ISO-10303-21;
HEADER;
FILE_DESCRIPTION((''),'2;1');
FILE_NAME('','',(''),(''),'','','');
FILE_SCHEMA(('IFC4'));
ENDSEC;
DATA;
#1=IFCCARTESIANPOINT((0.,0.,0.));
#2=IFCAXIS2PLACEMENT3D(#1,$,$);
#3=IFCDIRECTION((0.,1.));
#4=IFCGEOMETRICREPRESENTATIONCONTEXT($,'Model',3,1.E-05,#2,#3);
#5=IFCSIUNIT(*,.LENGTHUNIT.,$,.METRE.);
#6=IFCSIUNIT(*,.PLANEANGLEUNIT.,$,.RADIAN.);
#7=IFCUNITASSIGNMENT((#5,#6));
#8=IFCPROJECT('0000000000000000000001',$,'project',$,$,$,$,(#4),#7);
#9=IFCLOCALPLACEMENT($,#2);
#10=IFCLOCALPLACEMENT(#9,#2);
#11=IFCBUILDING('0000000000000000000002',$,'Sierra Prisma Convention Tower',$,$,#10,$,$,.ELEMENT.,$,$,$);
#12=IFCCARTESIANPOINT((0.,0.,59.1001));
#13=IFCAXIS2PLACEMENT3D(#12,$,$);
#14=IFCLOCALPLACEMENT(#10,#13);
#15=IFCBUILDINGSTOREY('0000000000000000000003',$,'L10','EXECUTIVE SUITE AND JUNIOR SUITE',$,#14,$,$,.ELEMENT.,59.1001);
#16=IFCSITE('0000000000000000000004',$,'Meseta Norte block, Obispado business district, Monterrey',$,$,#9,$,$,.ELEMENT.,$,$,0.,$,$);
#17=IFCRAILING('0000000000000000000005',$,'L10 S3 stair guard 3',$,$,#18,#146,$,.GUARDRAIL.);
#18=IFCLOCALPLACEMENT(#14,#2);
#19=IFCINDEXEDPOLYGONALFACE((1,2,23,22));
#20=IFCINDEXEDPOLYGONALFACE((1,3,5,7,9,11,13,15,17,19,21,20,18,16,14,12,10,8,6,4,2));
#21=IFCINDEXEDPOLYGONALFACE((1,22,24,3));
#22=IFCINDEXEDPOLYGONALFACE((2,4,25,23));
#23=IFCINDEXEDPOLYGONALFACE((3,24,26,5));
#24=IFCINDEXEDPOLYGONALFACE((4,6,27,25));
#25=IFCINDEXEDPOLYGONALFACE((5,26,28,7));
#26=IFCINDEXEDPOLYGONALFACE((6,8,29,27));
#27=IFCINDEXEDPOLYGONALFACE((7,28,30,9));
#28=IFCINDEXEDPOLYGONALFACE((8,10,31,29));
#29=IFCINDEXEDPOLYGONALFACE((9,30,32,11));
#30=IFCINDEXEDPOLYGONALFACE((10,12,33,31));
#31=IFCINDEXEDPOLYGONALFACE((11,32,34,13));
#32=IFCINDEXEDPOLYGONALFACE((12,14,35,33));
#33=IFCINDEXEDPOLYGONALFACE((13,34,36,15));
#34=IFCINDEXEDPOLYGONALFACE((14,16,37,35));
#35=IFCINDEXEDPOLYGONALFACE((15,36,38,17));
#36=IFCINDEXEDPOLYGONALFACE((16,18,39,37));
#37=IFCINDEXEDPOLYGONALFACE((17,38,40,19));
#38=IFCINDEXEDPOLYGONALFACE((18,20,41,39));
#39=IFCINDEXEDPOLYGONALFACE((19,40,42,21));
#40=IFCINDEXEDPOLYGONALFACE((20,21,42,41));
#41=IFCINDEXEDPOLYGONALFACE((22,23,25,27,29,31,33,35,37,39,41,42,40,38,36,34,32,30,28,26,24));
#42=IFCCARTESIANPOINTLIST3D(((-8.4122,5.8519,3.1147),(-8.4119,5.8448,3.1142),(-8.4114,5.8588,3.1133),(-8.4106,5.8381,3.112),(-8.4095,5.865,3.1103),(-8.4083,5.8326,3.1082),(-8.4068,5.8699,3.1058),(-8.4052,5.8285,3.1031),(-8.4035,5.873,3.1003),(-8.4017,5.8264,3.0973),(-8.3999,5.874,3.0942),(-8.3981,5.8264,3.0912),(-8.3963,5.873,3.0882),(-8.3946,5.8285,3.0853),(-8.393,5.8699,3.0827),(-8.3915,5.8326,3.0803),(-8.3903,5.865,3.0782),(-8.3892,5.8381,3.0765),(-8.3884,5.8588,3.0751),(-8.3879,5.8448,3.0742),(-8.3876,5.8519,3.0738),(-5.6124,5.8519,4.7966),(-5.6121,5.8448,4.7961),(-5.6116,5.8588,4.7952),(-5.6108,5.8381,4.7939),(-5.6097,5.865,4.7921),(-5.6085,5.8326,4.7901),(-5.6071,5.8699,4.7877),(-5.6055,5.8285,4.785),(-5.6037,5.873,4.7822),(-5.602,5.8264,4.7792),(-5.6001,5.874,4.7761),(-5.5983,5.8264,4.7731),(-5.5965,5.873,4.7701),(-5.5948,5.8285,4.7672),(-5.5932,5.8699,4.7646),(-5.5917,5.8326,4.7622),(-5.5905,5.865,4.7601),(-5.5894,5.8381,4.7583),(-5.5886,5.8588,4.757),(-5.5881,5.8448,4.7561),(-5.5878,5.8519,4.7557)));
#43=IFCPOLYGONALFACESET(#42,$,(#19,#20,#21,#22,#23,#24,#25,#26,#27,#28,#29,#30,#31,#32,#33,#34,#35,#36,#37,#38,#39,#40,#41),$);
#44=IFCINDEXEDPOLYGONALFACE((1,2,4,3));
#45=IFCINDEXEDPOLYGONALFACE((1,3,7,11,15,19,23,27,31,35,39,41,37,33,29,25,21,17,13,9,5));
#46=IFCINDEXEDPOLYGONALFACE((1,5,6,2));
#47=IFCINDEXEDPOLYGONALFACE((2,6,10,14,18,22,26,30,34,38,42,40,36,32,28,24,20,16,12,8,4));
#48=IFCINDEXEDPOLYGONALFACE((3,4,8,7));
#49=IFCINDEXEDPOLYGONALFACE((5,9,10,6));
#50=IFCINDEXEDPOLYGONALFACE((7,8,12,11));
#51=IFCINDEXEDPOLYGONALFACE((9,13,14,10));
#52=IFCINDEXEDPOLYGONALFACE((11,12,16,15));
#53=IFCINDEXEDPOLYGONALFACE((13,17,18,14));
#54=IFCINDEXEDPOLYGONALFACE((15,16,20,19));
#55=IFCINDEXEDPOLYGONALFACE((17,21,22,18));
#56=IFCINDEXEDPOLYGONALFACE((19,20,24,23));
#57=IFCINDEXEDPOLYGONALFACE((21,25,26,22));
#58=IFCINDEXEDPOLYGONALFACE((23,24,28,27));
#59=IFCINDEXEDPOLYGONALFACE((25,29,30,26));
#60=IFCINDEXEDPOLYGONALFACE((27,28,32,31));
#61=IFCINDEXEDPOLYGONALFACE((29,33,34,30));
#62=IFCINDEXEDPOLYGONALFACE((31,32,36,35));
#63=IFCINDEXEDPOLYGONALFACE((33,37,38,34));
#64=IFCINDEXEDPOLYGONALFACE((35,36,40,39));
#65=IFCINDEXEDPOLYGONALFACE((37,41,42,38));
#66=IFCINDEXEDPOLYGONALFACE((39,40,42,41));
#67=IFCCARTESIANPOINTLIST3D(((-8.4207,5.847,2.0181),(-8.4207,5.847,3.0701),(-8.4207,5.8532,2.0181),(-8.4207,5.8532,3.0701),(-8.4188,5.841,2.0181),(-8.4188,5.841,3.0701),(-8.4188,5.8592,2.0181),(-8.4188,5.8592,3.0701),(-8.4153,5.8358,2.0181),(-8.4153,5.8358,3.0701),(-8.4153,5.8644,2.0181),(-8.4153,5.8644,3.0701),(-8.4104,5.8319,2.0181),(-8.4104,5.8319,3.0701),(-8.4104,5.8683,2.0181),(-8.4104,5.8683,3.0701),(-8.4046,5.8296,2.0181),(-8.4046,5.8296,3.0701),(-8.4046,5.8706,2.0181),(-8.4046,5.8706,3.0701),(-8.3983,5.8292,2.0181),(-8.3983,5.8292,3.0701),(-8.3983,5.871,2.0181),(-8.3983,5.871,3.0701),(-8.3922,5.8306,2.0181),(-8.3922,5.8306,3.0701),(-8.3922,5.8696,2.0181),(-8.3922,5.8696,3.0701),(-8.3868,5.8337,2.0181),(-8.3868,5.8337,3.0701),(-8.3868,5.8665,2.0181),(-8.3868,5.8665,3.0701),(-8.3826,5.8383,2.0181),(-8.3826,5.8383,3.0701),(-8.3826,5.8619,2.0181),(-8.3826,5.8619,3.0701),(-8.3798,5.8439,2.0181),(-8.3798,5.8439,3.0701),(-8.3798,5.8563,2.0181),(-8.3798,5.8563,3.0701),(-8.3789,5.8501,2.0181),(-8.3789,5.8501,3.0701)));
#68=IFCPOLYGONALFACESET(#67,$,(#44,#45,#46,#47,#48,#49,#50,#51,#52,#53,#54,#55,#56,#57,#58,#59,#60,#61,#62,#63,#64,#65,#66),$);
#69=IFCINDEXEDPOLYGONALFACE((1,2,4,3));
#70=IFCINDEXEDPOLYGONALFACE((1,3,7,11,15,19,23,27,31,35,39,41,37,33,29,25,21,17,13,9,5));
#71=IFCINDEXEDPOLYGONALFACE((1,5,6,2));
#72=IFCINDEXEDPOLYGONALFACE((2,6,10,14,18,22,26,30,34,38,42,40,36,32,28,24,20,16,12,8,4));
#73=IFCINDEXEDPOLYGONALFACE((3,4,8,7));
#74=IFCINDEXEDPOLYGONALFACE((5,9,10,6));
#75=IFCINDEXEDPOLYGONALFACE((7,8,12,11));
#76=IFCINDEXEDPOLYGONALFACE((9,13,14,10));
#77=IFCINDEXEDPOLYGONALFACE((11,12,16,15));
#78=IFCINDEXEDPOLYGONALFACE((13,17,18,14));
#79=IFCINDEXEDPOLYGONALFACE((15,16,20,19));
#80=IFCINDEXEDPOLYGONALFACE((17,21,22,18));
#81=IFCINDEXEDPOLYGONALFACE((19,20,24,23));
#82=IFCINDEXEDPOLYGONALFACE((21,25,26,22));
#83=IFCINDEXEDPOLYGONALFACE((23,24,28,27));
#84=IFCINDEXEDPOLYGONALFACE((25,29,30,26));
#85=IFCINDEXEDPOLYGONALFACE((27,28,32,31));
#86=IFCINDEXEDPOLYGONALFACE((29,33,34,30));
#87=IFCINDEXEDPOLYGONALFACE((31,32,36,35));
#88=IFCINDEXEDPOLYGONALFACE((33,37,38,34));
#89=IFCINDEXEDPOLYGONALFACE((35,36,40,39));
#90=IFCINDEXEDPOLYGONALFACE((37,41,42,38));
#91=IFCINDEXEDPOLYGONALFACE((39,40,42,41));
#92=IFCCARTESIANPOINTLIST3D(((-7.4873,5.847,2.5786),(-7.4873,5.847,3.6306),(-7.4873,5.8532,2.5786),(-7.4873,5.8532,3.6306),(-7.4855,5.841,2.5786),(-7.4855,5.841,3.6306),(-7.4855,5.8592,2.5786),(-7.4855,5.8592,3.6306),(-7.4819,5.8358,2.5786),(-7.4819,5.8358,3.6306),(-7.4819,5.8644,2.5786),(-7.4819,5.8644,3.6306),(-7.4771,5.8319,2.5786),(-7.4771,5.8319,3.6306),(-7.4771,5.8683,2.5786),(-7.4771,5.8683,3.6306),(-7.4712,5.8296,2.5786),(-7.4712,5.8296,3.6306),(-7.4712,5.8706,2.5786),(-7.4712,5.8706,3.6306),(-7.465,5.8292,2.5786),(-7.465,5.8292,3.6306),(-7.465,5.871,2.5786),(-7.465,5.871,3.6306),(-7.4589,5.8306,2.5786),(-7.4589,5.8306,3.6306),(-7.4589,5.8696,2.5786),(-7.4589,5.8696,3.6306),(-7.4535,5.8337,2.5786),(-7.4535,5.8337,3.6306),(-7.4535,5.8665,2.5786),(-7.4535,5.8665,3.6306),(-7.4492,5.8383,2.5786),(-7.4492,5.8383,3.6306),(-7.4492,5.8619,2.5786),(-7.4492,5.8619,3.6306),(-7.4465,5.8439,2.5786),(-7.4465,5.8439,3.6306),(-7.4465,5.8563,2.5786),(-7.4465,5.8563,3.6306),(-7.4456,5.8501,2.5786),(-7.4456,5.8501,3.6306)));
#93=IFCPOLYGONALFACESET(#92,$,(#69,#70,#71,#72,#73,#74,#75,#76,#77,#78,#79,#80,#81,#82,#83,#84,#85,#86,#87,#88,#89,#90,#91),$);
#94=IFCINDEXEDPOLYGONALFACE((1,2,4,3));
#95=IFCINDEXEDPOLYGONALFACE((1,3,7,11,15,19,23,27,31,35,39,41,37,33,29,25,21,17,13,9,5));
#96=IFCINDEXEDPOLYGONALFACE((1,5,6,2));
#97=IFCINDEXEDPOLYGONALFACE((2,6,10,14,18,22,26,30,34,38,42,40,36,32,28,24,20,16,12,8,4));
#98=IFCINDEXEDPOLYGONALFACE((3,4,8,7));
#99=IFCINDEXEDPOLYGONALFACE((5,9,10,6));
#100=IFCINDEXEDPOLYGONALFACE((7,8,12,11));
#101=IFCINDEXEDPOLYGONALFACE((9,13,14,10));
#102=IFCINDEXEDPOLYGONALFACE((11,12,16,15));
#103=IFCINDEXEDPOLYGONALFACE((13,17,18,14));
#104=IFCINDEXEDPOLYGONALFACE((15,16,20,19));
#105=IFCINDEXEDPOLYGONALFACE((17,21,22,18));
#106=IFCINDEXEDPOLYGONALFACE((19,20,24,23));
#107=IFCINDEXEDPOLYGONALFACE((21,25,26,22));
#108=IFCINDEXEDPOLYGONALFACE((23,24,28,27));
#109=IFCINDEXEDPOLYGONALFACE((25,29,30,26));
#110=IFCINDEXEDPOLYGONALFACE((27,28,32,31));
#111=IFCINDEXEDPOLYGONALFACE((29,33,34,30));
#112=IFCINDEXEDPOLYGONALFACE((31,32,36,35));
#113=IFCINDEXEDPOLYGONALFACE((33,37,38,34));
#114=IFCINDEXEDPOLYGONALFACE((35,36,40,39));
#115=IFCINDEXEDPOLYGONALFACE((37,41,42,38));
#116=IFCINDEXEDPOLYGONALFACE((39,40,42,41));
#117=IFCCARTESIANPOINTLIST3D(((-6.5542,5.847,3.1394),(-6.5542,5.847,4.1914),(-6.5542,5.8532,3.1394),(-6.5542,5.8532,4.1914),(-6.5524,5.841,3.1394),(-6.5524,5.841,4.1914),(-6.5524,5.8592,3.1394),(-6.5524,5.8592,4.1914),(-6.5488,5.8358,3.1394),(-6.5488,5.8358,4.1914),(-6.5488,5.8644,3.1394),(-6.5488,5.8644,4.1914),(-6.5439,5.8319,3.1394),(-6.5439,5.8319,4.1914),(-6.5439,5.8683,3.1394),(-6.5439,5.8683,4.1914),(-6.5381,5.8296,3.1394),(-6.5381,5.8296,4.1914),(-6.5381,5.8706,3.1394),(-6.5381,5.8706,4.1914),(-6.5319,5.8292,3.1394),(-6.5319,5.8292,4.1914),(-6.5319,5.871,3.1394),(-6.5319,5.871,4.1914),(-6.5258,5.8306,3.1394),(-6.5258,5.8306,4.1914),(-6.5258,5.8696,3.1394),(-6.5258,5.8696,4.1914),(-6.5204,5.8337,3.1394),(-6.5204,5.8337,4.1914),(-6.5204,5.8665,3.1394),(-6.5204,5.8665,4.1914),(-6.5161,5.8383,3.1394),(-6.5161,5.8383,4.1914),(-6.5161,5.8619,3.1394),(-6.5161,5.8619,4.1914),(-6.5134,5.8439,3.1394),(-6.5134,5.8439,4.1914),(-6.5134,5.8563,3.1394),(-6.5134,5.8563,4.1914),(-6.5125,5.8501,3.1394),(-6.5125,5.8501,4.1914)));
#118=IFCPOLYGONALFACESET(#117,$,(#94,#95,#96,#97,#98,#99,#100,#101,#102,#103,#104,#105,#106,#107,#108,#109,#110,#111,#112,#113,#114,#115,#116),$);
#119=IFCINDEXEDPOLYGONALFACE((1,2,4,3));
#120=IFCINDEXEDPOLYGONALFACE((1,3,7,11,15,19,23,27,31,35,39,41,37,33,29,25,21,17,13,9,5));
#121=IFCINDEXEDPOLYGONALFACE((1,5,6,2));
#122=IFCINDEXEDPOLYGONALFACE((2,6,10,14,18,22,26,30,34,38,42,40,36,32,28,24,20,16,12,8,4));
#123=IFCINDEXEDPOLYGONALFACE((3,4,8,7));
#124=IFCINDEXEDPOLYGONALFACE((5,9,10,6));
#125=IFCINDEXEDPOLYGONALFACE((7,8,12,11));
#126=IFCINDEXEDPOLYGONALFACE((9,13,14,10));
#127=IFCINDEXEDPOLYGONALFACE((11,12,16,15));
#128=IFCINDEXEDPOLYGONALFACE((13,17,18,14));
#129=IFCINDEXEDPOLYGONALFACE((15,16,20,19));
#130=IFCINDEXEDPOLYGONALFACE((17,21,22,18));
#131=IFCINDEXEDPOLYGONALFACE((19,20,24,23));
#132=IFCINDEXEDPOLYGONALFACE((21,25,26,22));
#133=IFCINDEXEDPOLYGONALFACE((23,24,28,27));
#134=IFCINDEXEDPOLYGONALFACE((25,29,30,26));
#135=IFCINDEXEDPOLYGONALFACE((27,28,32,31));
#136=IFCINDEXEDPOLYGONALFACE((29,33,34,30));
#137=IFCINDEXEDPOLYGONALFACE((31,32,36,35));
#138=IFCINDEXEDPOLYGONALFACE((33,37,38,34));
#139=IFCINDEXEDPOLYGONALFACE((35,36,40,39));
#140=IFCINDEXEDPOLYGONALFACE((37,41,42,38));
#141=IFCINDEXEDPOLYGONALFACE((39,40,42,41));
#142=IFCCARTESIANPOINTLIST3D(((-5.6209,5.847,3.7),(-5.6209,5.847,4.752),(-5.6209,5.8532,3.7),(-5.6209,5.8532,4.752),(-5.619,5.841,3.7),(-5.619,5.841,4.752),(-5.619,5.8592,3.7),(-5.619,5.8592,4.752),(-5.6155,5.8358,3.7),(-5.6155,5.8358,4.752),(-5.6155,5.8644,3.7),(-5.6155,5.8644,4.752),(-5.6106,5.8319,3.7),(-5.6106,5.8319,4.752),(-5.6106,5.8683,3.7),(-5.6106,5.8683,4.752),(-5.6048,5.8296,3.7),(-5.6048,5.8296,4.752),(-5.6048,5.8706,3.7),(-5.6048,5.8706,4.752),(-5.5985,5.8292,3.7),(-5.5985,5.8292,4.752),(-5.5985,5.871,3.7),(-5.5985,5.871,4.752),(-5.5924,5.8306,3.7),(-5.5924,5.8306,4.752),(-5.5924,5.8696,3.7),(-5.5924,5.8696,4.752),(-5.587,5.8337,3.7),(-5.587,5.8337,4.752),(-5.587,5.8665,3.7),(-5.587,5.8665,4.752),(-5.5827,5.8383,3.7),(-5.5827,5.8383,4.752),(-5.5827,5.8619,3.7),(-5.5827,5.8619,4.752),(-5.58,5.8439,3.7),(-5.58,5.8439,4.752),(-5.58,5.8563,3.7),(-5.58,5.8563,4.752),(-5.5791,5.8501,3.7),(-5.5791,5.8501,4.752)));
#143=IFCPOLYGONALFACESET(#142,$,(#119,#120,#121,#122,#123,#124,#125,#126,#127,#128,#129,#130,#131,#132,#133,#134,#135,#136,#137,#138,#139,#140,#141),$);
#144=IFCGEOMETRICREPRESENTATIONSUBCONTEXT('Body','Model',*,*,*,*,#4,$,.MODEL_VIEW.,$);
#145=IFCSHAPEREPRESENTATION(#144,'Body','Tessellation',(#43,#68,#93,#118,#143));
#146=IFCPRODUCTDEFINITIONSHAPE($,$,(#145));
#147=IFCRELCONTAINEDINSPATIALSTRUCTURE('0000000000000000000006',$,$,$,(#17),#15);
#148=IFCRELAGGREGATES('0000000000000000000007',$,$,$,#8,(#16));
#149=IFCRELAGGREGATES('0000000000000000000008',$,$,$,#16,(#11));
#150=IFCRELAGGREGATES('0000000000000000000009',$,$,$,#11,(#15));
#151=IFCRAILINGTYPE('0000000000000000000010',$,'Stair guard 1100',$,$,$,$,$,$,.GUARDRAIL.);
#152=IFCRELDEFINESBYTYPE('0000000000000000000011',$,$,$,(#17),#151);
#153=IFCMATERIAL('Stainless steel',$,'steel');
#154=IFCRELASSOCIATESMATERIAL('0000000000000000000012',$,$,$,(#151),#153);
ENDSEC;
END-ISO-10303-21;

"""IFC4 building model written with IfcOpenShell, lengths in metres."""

from ifc_helpers import new_model, si_unit, direction, frame, origin, origin_2d, place, context, subcontext, project, spatial, circle, extrude, material, type_object, element, save


model = new_model("IFC4")

# Units and contexts
model_context = context("Model", 3, precision=1e-05, world=origin(), true_north=direction((0.0, 1.0)))
body_context = subcontext(model_context, "Body", "Model", "MODEL_VIEW")
ifc_project = project(units=[si_unit("LENGTHUNIT", "METRE"), si_unit("PLANEANGLEUNIT", "RADIAN")], contexts=[model_context])

# Site, building, storey
site_placement = place(None, origin())
site = spatial("IfcSite", under=ifc_project, at=site_placement, Name="Meseta Norte block, Obispado business district, Monterrey", CompositionType="ELEMENT", RefElevation=0.0)
building_placement = place(site_placement, origin())
building = spatial("IfcBuilding", under=site, at=building_placement, Name="Sierra Prisma Convention Tower", CompositionType="ELEMENT")
storey_placement = place(building_placement, frame((0.0, 0.0, 59.1001)))
storey = spatial("IfcBuildingStorey", under=building, at=storey_placement, Name="L10", Description="EXECUTIVE SUITE AND JUNIOR SUITE", CompositionType="ELEMENT", Elevation=59.1001)

# Railing
ifc_material_1 = material(Name="Stainless steel", Category="steel")
railing_type_1 = type_object("IfcRailingType", Name="Stair guard 1100", PredefinedType="GUARDRAIL", material=ifc_material_1)
railing_1_placement = place(storey_placement, frame((-8.3999, 5.8501, 2.0181)))
element("IfcRailing", 1, at=railing_1_placement, inside=storey, type_object=railing_type_1, Name="L10 S3 stair guard 3", PredefinedType="GUARDRAIL", context=body_context, shape_type="SweptSolid", body=[
    extrude(circle(Radius=0.0239, at=origin_2d()), frame((0.0, 0.0, 1.0762), z_axis=(0.857222, 0.0, 0.514946), x_axis=(0.0, 1.0, 0.0)), (0.0, 0.0, 1.0), 3.2661),
    extrude(circle(Radius=0.021, at=origin_2d()), origin(), (0.0, 0.0, 1.0), 1.052),
    extrude(circle(Radius=0.021, at=origin_2d()), frame((0.9333, 0.0, 0.5605)), (0.0, 0.0, 1.0), 1.052),
    extrude(circle(Radius=0.021, at=origin_2d()), frame((1.8665, 0.0, 1.1213)), (0.0, 0.0, 1.0), 1.052),
    extrude(circle(Radius=0.021, at=origin_2d()), frame((2.7998, 0.0, 1.6819)), (0.0, 0.0, 1.0), 1.052),
])

save(model, "model.ifc")
